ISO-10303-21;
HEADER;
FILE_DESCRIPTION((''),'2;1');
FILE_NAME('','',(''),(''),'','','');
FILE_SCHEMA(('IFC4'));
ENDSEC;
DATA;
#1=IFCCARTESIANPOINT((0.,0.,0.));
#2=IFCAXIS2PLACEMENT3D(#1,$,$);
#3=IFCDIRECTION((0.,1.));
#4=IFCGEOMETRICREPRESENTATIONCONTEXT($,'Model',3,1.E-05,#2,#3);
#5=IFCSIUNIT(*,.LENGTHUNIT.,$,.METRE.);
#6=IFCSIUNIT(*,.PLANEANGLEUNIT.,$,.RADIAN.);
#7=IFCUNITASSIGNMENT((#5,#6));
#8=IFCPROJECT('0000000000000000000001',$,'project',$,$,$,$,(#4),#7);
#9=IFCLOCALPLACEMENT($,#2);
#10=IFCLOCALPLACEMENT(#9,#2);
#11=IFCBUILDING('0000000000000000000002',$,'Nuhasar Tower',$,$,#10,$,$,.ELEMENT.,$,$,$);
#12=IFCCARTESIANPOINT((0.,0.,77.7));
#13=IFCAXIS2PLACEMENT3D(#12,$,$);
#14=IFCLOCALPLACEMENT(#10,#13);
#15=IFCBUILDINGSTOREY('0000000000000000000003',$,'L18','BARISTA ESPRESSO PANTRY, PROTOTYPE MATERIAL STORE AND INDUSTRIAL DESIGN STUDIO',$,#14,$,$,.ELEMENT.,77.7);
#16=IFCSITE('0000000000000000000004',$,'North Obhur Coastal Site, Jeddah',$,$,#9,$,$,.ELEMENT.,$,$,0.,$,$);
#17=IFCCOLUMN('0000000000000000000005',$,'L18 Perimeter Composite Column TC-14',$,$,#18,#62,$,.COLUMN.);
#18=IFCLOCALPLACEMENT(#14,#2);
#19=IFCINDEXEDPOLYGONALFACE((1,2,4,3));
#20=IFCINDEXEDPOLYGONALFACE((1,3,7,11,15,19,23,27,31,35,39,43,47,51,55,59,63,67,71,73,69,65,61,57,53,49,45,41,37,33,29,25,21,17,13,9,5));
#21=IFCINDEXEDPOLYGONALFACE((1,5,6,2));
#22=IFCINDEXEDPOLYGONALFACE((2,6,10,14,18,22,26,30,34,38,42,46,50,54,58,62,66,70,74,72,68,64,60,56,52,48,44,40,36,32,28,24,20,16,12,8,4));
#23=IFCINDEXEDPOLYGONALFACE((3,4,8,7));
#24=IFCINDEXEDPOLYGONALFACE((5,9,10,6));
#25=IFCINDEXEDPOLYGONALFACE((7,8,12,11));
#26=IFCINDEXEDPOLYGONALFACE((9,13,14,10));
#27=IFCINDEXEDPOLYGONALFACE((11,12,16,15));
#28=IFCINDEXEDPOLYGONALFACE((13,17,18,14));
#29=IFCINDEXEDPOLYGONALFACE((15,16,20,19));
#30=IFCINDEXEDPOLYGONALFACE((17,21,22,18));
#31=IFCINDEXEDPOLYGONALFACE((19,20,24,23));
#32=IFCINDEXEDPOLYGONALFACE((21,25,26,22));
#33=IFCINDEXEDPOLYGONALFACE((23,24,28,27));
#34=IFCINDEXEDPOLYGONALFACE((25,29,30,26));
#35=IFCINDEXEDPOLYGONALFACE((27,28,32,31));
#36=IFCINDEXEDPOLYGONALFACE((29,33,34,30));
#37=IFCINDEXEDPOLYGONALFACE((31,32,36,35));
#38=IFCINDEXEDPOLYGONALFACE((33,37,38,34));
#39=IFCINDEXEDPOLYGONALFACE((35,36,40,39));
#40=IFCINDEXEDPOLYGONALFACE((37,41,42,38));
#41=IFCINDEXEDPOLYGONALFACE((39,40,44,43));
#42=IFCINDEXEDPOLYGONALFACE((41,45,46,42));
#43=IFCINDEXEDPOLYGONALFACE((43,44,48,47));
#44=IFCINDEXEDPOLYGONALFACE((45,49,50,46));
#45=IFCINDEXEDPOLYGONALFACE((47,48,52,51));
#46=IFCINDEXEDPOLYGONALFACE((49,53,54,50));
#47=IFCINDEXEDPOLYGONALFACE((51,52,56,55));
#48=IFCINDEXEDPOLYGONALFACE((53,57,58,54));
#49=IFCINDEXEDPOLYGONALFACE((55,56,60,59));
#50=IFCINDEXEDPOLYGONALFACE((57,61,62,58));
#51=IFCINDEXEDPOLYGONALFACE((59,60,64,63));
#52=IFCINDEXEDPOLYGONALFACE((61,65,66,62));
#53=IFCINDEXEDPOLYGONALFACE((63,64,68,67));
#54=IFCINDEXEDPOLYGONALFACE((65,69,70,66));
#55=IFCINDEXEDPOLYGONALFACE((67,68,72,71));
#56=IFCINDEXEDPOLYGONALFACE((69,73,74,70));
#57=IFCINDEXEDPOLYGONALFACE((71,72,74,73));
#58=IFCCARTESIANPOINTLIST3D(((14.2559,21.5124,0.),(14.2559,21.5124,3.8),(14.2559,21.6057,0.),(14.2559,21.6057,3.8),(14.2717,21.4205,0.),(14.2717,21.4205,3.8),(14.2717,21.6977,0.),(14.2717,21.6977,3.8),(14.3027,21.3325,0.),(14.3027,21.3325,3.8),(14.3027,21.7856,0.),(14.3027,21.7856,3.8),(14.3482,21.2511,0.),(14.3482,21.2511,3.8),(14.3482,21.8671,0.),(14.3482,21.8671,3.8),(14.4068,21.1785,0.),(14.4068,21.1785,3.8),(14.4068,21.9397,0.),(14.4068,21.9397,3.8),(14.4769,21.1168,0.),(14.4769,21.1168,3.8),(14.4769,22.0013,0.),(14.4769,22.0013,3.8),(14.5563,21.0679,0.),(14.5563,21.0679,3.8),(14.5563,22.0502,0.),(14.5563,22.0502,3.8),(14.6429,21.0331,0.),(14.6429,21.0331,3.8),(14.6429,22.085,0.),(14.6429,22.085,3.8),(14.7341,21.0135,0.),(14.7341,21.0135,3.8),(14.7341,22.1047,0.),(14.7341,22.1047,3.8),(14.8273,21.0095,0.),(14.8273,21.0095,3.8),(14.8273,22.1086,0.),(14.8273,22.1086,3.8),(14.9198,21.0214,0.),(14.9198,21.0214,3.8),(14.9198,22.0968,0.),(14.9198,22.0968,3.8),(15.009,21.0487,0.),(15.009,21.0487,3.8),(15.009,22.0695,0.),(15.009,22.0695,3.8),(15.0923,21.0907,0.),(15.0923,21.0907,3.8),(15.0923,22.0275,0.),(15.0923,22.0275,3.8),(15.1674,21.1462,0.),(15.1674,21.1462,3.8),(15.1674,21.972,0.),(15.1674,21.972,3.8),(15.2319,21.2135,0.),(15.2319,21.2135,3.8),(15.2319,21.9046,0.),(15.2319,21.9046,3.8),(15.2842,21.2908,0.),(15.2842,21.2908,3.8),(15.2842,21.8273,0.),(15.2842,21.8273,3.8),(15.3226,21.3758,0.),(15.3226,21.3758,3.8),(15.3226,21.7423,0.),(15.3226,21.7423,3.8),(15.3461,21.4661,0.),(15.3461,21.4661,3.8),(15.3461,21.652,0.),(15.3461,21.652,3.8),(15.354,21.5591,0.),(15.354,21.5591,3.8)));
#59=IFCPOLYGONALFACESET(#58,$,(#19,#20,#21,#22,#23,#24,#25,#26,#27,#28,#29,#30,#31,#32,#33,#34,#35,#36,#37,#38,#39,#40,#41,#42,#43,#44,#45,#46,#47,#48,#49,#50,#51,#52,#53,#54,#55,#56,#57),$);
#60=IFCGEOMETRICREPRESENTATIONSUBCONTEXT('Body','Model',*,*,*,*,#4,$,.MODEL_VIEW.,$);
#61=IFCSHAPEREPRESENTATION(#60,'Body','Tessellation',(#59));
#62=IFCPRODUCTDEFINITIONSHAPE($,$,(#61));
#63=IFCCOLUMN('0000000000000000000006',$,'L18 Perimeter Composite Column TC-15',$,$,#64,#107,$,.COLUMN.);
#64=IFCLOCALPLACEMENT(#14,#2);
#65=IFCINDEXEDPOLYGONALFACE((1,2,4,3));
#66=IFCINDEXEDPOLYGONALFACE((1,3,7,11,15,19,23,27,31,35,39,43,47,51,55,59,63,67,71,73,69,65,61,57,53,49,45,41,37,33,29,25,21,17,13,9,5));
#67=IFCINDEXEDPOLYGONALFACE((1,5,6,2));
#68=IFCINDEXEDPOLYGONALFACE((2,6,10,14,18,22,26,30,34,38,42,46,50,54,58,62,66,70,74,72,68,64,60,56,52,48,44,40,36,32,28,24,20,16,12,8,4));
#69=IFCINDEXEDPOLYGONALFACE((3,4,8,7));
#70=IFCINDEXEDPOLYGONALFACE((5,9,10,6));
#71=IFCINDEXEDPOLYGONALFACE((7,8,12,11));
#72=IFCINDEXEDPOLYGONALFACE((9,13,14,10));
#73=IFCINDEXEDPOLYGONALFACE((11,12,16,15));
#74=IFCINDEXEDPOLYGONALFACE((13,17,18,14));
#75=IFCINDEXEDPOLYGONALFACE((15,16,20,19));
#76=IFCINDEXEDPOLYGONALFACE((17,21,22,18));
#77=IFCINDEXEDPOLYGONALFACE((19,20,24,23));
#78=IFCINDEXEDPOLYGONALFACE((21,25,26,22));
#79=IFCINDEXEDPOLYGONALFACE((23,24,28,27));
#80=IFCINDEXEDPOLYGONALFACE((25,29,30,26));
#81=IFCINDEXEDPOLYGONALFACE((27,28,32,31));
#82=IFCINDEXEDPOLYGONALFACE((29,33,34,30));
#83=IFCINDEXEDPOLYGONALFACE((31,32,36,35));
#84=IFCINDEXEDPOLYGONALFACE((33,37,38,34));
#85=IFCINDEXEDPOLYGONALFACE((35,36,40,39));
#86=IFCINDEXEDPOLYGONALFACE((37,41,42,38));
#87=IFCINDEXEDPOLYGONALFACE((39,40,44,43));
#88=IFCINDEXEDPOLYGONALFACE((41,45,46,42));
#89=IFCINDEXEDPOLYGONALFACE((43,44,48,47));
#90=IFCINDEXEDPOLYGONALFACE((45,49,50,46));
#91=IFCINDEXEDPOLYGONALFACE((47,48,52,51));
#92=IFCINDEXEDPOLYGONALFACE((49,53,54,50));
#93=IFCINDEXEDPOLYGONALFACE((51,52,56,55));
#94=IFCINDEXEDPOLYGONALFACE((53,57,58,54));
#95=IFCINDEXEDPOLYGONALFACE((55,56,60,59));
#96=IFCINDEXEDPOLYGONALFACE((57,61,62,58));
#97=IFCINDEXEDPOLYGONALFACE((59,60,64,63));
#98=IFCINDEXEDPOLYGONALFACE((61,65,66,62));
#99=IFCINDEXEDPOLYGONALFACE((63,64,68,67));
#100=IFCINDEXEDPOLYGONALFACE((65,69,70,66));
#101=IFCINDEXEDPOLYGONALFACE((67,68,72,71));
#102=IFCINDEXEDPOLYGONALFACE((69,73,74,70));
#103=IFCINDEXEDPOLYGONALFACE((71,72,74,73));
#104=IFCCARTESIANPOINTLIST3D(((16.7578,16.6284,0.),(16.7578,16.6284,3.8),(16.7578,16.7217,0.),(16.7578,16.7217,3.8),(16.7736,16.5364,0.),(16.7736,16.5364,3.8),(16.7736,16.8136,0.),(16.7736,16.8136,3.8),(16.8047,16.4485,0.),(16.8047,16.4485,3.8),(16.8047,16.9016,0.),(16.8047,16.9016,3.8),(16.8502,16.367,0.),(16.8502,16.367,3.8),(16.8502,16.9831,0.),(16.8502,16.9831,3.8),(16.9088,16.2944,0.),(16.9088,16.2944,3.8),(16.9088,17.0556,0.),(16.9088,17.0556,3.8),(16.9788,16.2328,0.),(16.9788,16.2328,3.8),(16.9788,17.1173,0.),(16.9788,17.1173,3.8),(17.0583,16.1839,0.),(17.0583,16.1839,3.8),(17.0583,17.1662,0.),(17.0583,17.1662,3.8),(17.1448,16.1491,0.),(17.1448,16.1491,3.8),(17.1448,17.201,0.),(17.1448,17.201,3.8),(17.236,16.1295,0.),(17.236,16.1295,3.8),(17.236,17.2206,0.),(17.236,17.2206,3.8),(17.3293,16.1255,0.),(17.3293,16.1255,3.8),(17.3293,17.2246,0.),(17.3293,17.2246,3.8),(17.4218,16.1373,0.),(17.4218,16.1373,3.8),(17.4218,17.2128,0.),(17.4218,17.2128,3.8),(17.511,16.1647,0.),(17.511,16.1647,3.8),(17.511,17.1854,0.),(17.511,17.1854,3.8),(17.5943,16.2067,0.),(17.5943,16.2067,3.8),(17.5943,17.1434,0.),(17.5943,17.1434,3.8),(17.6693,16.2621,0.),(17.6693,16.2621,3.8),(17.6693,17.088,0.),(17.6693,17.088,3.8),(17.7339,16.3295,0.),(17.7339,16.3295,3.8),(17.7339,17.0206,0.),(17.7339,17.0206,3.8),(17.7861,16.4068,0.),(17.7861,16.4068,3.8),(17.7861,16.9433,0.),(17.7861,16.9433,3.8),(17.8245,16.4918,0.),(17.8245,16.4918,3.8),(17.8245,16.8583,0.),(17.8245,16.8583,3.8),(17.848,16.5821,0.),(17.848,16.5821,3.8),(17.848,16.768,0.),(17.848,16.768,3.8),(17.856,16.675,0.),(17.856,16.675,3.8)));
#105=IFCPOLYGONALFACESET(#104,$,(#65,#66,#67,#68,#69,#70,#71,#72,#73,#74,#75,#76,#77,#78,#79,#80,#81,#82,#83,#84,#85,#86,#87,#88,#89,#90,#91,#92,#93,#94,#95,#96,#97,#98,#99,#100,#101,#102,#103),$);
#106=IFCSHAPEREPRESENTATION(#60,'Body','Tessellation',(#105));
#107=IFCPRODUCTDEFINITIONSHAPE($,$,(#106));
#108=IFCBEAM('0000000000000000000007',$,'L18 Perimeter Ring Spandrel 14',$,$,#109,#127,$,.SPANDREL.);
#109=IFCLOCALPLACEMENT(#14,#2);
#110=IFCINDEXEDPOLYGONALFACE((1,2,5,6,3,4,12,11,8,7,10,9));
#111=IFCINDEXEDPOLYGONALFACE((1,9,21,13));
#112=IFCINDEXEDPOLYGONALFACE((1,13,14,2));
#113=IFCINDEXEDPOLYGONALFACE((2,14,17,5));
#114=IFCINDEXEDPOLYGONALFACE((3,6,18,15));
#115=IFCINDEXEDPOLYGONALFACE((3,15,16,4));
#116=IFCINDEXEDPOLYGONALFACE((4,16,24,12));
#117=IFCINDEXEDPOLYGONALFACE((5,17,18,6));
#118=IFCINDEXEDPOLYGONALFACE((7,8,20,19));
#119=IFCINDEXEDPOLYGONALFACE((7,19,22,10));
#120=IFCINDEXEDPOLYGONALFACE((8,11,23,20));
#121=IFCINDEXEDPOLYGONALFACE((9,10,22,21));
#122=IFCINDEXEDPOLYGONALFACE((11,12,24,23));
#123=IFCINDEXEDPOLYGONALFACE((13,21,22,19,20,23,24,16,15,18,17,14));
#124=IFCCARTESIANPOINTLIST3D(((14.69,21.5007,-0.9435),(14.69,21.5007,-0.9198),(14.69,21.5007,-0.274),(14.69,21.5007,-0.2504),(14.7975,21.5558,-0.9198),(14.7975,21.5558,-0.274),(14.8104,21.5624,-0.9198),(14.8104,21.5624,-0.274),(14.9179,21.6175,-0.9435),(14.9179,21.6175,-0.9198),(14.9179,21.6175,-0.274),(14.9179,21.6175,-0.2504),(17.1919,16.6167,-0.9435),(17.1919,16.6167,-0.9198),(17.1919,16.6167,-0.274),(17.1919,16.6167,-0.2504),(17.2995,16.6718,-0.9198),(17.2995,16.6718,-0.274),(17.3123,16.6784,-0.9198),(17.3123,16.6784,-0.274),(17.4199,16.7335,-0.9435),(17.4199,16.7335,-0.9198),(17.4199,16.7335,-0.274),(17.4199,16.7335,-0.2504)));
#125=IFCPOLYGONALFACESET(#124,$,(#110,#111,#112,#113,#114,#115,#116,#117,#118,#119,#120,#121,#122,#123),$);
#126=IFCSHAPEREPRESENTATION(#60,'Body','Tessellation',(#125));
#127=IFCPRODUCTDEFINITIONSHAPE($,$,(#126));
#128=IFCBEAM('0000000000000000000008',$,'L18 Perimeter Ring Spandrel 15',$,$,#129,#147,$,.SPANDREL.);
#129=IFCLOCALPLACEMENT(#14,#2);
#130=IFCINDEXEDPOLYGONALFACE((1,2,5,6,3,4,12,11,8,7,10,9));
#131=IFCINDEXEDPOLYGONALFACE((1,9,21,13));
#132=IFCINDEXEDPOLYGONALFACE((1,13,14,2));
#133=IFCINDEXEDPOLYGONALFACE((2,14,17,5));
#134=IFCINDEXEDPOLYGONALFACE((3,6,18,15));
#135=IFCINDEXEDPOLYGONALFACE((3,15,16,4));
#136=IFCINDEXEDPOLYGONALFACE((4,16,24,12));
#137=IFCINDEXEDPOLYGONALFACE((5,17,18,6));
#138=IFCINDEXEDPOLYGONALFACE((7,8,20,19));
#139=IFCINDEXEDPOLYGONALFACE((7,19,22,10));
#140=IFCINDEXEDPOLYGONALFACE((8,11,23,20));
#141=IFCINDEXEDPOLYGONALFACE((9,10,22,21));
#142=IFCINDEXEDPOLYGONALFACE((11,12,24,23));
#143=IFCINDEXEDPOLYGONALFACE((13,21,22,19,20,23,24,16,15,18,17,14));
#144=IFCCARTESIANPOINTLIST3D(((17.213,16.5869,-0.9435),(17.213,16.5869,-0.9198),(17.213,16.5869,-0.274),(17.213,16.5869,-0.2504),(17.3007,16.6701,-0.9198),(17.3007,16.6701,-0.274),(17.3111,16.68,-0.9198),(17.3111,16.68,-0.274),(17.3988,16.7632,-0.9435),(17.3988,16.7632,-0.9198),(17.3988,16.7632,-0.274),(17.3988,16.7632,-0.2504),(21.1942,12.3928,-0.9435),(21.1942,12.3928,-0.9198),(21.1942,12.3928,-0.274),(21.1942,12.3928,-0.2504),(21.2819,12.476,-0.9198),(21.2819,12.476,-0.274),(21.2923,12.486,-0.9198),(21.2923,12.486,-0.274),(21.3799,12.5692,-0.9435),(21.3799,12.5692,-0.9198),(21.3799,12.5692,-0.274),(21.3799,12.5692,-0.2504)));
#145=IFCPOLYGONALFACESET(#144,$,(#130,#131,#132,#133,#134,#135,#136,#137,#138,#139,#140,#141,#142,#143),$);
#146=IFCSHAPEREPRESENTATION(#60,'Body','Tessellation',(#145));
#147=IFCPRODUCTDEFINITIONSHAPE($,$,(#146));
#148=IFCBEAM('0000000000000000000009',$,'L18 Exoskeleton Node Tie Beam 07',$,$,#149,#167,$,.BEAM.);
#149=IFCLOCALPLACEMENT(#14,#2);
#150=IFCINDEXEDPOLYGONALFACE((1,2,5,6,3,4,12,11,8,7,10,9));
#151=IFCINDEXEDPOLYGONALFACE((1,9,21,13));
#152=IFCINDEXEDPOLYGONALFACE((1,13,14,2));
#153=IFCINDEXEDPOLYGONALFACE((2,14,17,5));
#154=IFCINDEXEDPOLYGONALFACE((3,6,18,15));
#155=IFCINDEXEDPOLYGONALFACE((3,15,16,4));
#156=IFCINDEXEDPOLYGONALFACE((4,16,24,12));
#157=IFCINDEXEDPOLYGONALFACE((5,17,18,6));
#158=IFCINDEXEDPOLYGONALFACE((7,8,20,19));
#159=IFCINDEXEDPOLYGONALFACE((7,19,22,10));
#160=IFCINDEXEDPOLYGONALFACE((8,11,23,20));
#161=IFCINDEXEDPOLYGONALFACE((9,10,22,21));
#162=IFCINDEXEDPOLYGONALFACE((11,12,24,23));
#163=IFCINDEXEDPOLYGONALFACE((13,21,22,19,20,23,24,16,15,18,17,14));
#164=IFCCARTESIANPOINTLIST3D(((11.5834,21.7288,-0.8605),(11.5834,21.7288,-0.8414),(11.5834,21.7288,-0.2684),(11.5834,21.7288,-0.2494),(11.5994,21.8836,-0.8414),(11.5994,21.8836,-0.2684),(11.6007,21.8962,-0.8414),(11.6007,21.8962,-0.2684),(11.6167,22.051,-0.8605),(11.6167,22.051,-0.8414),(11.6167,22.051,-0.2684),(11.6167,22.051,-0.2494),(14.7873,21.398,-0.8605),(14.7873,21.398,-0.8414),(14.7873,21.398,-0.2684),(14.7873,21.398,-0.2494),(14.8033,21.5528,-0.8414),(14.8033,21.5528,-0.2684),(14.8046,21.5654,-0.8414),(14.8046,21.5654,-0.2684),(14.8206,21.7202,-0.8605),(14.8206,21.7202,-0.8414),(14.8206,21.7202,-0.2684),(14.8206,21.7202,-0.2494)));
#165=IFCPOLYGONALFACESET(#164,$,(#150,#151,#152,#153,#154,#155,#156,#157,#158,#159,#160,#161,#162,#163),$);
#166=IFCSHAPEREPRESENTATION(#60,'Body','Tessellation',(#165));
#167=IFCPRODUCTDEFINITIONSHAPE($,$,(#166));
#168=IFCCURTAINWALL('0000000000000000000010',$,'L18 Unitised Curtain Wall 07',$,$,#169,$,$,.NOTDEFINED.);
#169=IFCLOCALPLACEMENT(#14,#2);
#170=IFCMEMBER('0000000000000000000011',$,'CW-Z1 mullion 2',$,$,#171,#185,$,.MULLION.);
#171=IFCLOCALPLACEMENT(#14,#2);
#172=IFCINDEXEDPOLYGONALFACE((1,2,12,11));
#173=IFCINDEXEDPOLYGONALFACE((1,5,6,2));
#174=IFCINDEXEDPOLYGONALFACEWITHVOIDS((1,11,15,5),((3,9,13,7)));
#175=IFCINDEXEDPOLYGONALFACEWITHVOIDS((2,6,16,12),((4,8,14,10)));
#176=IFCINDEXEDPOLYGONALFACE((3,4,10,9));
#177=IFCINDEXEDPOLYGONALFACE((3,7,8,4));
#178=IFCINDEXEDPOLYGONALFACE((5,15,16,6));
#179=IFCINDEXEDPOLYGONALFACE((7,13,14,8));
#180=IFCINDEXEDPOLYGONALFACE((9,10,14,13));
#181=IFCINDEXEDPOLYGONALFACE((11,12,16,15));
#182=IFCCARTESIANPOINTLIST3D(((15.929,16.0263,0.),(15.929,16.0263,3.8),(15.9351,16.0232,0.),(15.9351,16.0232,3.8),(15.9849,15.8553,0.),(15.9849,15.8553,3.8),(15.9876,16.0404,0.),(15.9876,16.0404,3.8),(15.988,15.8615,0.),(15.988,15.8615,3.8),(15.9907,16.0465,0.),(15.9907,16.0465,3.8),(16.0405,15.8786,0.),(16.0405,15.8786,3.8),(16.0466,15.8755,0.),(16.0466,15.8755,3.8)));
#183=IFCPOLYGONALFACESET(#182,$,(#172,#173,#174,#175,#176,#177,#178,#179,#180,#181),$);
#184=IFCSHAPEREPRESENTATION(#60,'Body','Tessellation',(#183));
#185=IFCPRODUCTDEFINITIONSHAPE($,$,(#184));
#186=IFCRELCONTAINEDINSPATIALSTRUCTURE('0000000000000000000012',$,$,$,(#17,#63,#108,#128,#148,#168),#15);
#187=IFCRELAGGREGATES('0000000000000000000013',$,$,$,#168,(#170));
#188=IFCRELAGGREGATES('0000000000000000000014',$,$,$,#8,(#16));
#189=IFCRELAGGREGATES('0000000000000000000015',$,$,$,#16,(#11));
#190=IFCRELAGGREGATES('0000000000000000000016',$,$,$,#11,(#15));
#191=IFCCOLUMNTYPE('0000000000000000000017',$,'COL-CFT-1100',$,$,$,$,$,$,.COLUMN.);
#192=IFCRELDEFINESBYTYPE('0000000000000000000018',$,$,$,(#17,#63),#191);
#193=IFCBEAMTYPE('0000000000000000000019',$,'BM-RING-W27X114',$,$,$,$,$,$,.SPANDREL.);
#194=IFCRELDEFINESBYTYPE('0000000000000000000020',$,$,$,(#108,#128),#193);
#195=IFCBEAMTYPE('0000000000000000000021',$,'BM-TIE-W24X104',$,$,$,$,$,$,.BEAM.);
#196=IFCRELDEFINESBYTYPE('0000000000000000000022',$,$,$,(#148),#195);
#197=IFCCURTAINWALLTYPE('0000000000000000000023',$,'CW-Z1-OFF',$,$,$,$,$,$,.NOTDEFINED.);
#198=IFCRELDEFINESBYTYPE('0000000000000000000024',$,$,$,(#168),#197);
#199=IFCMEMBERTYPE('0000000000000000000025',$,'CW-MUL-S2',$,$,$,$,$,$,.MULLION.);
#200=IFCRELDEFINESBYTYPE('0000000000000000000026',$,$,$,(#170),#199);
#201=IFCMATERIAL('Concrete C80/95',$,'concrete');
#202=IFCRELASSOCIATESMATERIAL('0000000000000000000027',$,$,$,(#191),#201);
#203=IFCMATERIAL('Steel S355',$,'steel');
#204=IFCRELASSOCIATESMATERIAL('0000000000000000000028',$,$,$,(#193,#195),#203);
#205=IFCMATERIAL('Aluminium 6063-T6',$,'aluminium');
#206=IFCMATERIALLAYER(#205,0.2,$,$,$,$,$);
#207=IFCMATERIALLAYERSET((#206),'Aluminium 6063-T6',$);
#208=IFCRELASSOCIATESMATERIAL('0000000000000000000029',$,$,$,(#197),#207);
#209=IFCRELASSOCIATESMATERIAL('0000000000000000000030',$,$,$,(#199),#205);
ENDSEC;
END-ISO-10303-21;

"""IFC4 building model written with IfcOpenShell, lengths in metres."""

from ifc_helpers import new_model, si_unit, direction, frame, origin, origin_2d, place, context, subcontext, project, spatial, hollow_rectangle, circle, i_section, extrude, material, layer, layer_set, material_profile, profile_set, type_object, element, aggregate, save


model = new_model("IFC4")

# Units and contexts
model_context = context("Model", 3, precision=1e-05, world=origin(), true_north=direction((0.0, 1.0)))
body_context = subcontext(model_context, "Body", "Model", "MODEL_VIEW")
ifc_project = project(units=[si_unit("LENGTHUNIT", "METRE"), si_unit("PLANEANGLEUNIT", "RADIAN")], contexts=[model_context])

# Site, building, storey
site_placement = place(None, origin())
site = spatial("IfcSite", under=ifc_project, at=site_placement, Name="North Obhur Coastal Site, Jeddah", CompositionType="ELEMENT", RefElevation=0.0)
building_placement = place(site_placement, origin())
building = spatial("IfcBuilding", under=site, at=building_placement, Name="Nuhasar Tower", CompositionType="ELEMENT")
storey_placement = place(building_placement, frame((0.0, 0.0, 77.7)))
storey = spatial("IfcBuildingStorey", under=building, at=storey_placement, Name="L18", Description="BARISTA ESPRESSO PANTRY, PROTOTYPE MATERIAL STORE AND INDUSTRIAL DESIGN STUDIO", CompositionType="ELEMENT", Elevation=77.7)

# Columns
ifc_material_1 = material(Name="Concrete C80/95", Category="concrete")
ifc_material_profile_1 = material_profile(ifc_material_1, circle(Radius=0.55, at=origin_2d()), Name="CFT1100")
ifc_profile_set_1 = profile_set([ifc_material_profile_1], Name="Concrete C80/95")
column_type = type_object("IfcColumnType", Name="COL-CFT-1100", PredefinedType="COLUMN", material=ifc_profile_set_1)
for number, where, z_axis, x_axis, name in (
    (1, (14.804, 21.5591, 0.0), (0.0, 0.0, 1.0), (1.0, 0.0, 0.0), "L18 Perimeter Composite Column TC-14"),
    (2, (17.3059, 16.675, 0.0), (0.0, 0.0, 1.0), (1.0, 0.0, 0.0), "L18 Perimeter Composite Column TC-15"),
):
    element("IfcColumn", number, at=place(storey_placement, frame(where, z_axis=z_axis, x_axis=x_axis)), inside=storey, type_object=column_type, Name=name, PredefinedType="COLUMN", context=body_context, shape_type="SweptSolid", body=[
        extrude(circle(Radius=0.55, at=origin_2d()), origin(), (0.0, 0.0, 1.0), 3.8),
    ])

# Beams
ifc_material_2 = material(Name="Steel S355", Category="steel")
ifc_material_profile_2 = material_profile(ifc_material_2, i_section(OverallWidth=0.2561, OverallDepth=0.6931, WebThickness=0.0144, FlangeThickness=0.0237, at=origin_2d()), Name="W27X114")
ifc_profile_set_2 = profile_set([ifc_material_profile_2], Name="Steel S355")
beam_type_1 = type_object("IfcBeamType", Name="BM-RING-W27X114", PredefinedType="SPANDREL", material=ifc_profile_set_2)
beam_1_placement = place(storey_placement, frame((14.804, 21.5591, -0.5969), z_axis=(0.45593, -0.890016, 0.0), x_axis=(0.890016, 0.45593, 0.0)))
element("IfcBeam", 3, at=beam_1_placement, inside=storey, type_object=beam_type_1, Name="L18 Perimeter Ring Spandrel 14", PredefinedType="SPANDREL", context=body_context, shape_type="SweptSolid", body=[
    extrude(i_section(OverallWidth=0.2561, OverallDepth=0.6931, WebThickness=0.0144, FlangeThickness=0.0237, at=origin_2d()), origin(), (0.0, 0.0, 1.0), 5.4875),
])
beam_2_placement = place(storey_placement, frame((17.3059, 16.675, -0.5969), z_axis=(0.68846, -0.725274, 0.0), x_axis=(0.725274, 0.68846, 0.0)))
element("IfcBeam", 4, at=beam_2_placement, inside=storey, type_object=beam_type_1, Name="L18 Perimeter Ring Spandrel 15", PredefinedType="SPANDREL", context=body_context, shape_type="SweptSolid", body=[
    extrude(i_section(OverallWidth=0.2561, OverallDepth=0.6931, WebThickness=0.0144, FlangeThickness=0.0237, at=origin_2d()), origin(), (0.0, 0.0, 1.0), 5.7827),
])
ifc_material_profile_3 = material_profile(ifc_material_2, i_section(OverallWidth=0.324, OverallDepth=0.6111, WebThickness=0.0127, FlangeThickness=0.019, at=origin_2d()), Name="W24X104")
ifc_profile_set_3 = profile_set([ifc_material_profile_3], Name="Steel S355")
beam_type_2 = type_object("IfcBeamType", Name="BM-TIE-W24X104", PredefinedType="BEAM", material=ifc_profile_set_3)
beam_3_placement = place(storey_placement, frame((14.804, 21.5591, -0.5549), z_axis=(-0.994712, 0.102708, 0.0), x_axis=(-0.102708, -0.994712, 0.0)))
element("IfcBeam", 5, at=beam_3_placement, inside=storey, type_object=beam_type_2, Name="L18 Exoskeleton Node Tie Beam 07", PredefinedType="BEAM", context=body_context, shape_type="SweptSolid", body=[
    extrude(i_section(OverallWidth=0.324, OverallDepth=0.6111, WebThickness=0.0127, FlangeThickness=0.019, at=origin_2d()), origin(), (0.0, 0.0, 1.0), 3.2209),
])

# Curtain wall, member
ifc_material_3 = material(Name="Aluminium 6063-T6", Category="aluminium")
ifc_layer_1 = layer(ifc_material_3, 0.2)
ifc_layer_set_1 = layer_set([ifc_layer_1], Name="Aluminium 6063-T6")
curtain_wall_type = type_object("IfcCurtainWallType", Name="CW-Z1-OFF", PredefinedType="NOTDEFINED", material=ifc_layer_set_1)
curtain_wall_1_placement = place(storey_placement, origin())
curtain_wall_1 = element("IfcCurtainWall", 6, at=curtain_wall_1_placement, inside=storey, type_object=curtain_wall_type, Name="L18 Unitised Curtain Wall 07", PredefinedType="NOTDEFINED")
ifc_material_profile_4 = material_profile(ifc_material_3, hollow_rectangle(XDim=0.0649, YDim=0.1799, WallThickness=0.0049, at=origin_2d()), Name="CWM-2")
ifc_profile_set_4 = profile_set([ifc_material_profile_4], Name="Aluminium 6063-T6")
member_type_1 = type_object("IfcMemberType", Name="CW-MUL-S2", PredefinedType="MULLION", material=ifc_profile_set_4)
member_1_placement = place(storey_placement, frame((15.9878, 15.9509, 0.0), z_axis=(0.0, 0.0, 1.0), x_axis=(0.950468, 0.310824, 0.0)))
member_1 = element("IfcMember", 7, at=member_1_placement, type_object=member_type_1, Name="CW-Z1 mullion 2", PredefinedType="MULLION", context=body_context, shape_type="SweptSolid", body=[
    extrude(hollow_rectangle(XDim=0.0649, YDim=0.1799, WallThickness=0.0049, at=origin_2d()), origin(), (0.0, 0.0, 1.0), 3.8),
])

aggregate(curtain_wall_1, [member_1])

save(model, "model.ifc")
